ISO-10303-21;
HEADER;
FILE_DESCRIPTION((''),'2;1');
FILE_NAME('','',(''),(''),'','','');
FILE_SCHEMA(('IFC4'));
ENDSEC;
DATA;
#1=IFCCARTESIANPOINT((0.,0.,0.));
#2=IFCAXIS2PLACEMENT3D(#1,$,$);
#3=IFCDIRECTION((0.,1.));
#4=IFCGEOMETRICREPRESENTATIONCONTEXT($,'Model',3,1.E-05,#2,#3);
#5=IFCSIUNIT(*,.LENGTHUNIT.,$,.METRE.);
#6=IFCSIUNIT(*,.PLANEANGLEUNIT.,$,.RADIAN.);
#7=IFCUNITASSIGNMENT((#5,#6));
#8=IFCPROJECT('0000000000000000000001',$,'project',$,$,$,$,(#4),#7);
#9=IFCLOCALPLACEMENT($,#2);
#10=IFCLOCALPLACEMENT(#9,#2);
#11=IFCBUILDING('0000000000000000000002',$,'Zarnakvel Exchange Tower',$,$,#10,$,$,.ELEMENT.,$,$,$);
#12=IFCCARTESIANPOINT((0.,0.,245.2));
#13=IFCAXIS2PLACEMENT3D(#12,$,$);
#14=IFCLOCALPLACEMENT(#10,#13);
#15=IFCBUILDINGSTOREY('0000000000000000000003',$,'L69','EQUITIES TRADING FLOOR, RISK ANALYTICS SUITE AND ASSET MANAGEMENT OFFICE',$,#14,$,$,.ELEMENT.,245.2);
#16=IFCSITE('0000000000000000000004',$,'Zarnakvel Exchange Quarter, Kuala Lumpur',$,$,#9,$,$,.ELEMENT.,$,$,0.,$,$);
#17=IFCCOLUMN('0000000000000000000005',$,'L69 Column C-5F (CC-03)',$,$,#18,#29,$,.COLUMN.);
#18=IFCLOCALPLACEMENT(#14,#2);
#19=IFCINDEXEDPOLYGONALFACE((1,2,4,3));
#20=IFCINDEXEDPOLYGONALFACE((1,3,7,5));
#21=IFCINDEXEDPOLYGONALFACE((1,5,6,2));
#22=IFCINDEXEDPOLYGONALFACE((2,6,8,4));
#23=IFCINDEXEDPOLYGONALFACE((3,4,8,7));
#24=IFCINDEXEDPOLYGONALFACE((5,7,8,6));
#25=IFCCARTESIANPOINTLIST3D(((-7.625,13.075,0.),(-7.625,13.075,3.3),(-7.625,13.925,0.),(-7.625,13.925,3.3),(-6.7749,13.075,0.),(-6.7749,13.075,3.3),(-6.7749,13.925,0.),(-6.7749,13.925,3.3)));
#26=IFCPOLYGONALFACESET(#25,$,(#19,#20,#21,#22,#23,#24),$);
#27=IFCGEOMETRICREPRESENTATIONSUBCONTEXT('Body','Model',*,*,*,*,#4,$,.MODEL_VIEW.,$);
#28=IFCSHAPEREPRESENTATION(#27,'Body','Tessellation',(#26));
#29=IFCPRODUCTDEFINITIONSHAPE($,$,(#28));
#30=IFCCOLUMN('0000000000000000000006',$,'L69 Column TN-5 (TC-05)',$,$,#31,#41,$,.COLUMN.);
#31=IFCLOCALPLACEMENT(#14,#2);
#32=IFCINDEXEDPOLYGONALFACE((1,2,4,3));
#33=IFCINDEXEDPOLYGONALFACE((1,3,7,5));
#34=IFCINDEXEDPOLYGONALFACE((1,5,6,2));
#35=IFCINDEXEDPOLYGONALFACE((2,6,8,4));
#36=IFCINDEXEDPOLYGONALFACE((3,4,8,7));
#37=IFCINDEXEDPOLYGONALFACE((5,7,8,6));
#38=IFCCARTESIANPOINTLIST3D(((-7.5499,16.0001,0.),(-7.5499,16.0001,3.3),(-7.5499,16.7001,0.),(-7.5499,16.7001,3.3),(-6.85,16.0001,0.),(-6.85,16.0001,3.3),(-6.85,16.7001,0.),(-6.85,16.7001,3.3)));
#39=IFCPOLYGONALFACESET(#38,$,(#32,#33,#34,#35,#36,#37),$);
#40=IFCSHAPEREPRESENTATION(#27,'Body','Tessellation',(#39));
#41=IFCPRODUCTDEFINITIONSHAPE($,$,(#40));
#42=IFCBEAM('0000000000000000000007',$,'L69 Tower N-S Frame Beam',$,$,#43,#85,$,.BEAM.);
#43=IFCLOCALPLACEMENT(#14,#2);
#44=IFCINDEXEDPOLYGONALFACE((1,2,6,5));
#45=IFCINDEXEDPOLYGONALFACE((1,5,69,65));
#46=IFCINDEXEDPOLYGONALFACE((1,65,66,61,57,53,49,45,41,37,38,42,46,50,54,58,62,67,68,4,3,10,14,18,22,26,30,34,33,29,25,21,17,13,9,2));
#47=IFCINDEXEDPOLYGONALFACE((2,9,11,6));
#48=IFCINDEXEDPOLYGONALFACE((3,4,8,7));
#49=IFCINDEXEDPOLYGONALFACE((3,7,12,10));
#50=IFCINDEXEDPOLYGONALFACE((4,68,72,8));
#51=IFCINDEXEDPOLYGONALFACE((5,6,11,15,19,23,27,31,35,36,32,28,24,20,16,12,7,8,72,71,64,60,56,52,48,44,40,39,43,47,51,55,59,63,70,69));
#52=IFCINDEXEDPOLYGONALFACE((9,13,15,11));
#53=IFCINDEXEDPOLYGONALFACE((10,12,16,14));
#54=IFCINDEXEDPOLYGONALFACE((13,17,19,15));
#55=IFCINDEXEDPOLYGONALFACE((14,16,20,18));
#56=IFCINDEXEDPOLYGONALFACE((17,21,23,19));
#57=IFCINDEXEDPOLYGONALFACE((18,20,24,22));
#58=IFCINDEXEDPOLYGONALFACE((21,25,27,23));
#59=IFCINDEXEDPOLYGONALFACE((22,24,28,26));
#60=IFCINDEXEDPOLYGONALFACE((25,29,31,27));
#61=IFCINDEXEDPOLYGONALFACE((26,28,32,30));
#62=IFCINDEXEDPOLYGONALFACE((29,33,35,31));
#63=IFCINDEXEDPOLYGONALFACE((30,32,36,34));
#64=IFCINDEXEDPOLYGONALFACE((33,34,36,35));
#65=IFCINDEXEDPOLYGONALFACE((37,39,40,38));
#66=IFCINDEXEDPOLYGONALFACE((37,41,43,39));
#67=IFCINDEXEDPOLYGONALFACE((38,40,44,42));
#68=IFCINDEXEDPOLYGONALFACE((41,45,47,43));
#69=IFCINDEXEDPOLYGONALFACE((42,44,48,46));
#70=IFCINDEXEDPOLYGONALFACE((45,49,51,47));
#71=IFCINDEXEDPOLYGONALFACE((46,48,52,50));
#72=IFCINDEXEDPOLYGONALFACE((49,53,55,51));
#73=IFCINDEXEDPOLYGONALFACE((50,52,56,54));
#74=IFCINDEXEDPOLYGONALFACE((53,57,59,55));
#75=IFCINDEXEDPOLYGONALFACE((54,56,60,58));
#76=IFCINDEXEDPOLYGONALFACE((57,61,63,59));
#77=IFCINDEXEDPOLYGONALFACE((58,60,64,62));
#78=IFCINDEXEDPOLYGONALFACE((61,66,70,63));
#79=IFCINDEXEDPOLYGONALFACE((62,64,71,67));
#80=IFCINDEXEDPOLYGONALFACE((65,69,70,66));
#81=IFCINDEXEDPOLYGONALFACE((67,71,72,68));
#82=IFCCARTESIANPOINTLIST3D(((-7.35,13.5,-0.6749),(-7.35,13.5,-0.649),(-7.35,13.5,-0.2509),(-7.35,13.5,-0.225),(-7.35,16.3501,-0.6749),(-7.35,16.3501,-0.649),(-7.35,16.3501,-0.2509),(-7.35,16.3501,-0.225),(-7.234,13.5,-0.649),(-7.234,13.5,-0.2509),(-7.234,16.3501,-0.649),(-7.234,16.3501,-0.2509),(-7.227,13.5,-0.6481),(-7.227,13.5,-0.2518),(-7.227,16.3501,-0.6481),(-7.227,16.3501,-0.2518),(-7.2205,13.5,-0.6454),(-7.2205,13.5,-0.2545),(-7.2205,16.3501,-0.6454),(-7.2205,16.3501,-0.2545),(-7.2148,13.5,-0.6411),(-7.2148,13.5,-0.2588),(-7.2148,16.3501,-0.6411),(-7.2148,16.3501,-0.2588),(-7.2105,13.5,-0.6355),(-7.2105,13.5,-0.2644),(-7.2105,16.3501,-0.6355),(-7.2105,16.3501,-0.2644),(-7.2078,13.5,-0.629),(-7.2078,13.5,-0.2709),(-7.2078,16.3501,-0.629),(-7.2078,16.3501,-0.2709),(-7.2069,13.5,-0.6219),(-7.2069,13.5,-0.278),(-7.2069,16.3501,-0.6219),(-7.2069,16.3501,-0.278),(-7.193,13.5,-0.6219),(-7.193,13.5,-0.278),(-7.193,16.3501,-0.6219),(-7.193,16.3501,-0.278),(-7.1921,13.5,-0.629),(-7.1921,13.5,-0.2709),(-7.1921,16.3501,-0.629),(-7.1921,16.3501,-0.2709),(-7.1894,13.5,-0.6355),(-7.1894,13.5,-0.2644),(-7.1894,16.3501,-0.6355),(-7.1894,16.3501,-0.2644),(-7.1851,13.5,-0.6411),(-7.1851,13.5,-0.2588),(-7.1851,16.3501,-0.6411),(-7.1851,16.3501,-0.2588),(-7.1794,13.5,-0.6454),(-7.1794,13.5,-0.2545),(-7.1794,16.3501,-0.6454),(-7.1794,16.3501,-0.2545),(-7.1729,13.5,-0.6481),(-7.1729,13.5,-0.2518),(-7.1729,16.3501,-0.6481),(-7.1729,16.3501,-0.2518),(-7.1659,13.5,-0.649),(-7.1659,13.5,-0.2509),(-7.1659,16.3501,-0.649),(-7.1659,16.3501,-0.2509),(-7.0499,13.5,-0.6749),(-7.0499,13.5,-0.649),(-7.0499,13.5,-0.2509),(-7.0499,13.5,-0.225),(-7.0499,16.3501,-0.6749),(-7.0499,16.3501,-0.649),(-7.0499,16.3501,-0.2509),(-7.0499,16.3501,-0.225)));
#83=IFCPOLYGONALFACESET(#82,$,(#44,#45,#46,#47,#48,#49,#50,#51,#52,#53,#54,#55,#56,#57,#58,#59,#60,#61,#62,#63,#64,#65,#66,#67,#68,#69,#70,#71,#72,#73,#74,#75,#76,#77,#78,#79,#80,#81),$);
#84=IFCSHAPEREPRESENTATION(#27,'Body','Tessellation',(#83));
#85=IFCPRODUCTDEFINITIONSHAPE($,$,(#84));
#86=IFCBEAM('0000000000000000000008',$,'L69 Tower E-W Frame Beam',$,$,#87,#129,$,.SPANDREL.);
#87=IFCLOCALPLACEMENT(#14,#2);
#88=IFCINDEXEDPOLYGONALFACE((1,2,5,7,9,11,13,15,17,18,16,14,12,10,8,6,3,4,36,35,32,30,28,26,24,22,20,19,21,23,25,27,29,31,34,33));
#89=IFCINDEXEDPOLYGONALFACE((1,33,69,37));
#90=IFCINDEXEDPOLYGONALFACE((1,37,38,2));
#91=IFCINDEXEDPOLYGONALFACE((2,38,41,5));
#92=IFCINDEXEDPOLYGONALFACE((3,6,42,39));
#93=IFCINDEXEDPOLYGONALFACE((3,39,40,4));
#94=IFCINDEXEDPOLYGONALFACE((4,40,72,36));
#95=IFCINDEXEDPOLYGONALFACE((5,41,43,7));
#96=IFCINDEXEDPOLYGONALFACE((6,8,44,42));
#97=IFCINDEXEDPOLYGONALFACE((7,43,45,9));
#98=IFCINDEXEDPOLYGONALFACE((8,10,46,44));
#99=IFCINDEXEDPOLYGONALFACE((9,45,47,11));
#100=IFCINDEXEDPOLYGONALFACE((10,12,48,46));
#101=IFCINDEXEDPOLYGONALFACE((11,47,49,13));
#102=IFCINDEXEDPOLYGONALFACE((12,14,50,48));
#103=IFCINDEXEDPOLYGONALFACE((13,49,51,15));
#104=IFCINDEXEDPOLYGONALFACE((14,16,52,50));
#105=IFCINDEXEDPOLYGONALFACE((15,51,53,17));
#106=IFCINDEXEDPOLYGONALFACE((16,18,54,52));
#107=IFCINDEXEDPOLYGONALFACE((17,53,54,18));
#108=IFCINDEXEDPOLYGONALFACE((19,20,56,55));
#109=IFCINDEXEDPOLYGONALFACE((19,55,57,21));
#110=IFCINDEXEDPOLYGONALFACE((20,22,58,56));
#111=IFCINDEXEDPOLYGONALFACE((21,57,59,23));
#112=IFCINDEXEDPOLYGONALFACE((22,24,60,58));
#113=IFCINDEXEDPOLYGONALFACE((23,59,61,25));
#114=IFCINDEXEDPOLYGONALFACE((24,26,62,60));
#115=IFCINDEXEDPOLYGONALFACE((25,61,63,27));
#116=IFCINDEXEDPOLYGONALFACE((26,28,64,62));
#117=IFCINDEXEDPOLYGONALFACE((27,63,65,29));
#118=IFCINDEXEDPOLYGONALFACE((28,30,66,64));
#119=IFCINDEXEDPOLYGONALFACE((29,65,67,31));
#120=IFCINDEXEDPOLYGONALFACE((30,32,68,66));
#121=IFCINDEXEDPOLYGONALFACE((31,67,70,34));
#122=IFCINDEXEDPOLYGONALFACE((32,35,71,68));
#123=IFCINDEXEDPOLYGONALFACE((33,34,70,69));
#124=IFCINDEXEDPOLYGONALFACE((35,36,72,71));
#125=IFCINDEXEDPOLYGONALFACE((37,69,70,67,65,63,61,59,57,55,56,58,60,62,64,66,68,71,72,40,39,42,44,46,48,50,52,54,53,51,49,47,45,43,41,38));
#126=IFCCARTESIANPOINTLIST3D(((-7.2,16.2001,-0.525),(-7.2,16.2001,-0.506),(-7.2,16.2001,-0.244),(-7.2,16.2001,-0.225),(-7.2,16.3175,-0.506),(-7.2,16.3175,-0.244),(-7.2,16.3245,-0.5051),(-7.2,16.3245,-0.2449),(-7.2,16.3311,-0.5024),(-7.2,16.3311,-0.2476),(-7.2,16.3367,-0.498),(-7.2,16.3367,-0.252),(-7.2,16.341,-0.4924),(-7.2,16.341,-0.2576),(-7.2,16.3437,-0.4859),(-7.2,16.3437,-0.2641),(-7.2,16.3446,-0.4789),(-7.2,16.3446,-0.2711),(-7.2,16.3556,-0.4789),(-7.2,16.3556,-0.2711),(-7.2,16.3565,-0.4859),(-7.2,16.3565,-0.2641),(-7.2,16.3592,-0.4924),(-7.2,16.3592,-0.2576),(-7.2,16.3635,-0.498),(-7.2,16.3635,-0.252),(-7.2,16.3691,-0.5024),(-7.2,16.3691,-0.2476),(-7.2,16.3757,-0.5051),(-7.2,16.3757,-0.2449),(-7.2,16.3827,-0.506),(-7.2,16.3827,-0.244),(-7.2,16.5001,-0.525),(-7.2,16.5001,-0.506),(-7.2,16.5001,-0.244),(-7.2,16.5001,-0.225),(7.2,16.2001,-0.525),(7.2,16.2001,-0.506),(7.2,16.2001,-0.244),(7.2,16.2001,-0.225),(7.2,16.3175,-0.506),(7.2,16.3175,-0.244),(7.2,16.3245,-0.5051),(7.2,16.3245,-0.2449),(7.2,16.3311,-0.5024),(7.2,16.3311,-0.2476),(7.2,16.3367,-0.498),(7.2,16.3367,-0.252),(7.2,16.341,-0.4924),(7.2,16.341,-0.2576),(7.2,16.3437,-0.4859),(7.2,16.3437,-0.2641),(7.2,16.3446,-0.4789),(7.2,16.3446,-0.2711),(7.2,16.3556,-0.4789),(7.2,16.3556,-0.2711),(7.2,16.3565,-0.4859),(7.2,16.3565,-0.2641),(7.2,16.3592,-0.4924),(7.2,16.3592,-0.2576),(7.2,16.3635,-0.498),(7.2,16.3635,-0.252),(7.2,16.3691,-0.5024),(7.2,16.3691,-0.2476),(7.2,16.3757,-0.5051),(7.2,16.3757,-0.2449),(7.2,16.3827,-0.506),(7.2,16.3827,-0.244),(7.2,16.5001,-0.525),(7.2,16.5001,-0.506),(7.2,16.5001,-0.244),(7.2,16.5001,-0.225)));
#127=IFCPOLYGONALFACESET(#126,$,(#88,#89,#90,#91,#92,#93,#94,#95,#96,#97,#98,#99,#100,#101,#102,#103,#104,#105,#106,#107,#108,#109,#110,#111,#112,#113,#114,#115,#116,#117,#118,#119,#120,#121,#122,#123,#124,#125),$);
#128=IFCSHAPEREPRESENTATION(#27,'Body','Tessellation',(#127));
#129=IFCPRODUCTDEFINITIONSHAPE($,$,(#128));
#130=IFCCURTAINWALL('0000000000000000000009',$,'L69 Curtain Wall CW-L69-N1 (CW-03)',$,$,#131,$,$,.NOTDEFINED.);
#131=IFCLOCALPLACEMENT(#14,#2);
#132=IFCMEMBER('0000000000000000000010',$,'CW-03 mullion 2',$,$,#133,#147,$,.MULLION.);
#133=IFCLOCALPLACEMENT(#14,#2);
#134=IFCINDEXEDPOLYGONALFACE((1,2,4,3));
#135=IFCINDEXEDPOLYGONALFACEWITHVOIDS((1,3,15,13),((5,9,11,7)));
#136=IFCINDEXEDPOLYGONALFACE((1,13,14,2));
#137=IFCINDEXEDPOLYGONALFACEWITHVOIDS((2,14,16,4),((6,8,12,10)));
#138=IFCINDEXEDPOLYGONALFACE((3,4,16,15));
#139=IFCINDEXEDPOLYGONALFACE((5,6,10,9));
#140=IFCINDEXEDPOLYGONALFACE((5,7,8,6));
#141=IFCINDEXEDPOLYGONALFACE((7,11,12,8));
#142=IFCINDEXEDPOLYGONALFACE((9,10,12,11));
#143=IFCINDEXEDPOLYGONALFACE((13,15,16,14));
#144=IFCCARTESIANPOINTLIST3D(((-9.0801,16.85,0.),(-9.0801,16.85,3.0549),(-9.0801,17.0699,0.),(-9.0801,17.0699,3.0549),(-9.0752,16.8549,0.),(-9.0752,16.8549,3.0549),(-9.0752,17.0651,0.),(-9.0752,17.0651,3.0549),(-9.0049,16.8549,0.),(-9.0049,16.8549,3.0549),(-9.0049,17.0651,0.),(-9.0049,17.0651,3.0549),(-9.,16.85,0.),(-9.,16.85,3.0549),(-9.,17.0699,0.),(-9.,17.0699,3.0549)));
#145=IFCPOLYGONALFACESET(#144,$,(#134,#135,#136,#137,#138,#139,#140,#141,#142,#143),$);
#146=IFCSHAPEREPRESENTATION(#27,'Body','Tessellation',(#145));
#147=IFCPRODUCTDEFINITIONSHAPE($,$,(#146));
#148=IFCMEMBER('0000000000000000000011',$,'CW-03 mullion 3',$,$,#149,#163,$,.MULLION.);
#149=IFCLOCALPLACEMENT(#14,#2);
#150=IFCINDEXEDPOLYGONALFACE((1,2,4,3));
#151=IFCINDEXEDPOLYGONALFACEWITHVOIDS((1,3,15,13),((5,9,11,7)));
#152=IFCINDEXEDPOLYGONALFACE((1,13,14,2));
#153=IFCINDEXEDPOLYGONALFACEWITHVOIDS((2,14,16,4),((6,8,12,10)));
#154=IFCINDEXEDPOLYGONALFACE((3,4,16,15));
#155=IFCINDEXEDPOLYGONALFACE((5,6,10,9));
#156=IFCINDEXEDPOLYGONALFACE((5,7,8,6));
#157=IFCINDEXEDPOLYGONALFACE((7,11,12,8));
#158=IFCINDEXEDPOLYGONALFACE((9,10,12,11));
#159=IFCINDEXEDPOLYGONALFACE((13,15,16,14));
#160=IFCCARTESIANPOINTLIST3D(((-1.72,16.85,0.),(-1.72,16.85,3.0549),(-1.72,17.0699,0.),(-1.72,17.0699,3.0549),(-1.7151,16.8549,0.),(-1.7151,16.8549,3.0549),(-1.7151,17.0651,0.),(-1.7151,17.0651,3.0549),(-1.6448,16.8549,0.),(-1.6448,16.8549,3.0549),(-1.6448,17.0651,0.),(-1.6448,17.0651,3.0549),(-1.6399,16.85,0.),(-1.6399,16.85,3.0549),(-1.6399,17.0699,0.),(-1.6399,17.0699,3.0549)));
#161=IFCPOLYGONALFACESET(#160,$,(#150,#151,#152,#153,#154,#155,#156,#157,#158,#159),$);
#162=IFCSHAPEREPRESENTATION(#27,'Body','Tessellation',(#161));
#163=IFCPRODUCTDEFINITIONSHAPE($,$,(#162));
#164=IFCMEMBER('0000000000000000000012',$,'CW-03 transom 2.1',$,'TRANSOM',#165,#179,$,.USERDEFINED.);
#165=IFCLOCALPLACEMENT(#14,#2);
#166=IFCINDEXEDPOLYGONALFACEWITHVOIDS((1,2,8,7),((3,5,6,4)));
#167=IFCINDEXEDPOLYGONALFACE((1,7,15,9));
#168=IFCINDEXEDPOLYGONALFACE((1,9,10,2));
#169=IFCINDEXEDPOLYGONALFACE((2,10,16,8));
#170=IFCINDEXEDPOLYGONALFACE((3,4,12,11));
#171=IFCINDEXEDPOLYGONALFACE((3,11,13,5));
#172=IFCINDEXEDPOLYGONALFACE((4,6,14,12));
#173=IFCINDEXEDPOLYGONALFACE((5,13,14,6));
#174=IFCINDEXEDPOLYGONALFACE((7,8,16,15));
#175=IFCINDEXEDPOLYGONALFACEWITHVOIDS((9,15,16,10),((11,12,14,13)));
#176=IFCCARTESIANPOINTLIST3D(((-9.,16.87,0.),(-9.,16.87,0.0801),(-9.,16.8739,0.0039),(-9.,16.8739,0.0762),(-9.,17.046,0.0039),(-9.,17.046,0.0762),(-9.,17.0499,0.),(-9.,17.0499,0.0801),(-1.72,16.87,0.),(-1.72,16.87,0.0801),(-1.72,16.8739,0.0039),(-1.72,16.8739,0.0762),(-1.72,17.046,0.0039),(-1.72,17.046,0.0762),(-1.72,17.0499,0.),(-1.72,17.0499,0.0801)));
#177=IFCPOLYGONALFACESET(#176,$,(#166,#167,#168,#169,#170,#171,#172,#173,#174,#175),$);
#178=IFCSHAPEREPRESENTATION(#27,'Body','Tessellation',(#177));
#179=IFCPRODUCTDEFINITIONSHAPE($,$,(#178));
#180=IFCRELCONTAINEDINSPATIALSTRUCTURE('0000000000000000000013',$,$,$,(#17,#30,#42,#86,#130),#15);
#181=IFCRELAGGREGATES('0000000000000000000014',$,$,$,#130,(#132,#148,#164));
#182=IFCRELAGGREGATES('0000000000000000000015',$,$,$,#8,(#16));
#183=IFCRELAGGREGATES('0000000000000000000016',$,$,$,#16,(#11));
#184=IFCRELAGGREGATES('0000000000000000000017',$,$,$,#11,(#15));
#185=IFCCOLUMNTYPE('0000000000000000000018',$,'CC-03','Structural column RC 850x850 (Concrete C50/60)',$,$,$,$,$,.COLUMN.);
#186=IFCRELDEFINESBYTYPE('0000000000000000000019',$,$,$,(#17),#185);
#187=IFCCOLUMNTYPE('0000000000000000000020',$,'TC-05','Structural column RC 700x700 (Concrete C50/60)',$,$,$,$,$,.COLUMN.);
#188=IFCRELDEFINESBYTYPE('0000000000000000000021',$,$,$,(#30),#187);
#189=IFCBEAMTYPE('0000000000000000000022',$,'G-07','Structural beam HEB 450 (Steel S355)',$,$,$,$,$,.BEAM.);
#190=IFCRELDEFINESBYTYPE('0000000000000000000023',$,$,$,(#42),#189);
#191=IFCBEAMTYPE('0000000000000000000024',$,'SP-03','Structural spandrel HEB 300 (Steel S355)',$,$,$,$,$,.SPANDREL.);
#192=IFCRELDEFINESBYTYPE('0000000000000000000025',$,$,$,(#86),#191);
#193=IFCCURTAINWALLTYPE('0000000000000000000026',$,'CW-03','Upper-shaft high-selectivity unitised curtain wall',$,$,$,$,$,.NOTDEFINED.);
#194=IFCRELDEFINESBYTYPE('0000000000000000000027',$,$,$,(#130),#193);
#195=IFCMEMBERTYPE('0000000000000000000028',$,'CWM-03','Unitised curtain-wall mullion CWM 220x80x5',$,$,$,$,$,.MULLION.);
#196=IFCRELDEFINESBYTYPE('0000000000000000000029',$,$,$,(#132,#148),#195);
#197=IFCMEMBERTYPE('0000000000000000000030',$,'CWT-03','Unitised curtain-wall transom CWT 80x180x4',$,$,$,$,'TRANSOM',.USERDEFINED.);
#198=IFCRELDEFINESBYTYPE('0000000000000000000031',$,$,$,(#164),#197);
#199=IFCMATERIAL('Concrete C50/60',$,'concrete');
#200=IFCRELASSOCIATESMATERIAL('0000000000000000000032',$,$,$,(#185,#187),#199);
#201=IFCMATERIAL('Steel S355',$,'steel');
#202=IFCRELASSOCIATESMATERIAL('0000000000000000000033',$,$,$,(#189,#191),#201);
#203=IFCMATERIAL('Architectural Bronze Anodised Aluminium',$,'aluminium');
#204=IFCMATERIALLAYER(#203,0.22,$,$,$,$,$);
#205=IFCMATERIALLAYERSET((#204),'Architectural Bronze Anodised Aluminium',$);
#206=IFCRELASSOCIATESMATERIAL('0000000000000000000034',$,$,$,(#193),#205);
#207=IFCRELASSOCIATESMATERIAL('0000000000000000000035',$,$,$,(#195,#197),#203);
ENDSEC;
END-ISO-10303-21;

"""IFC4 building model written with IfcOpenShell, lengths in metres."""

from ifc_helpers import new_model, si_unit, direction, frame, origin, origin_2d, place, context, subcontext, project, spatial, rectangle, hollow_rectangle, i_section, extrude, source, transform, mapped, material, layer, layer_set, material_profile, profile_set, type_object, element, aggregate, save


model = new_model("IFC4")

# Units and contexts
model_context = context("Model", 3, precision=1e-05, world=origin(), true_north=direction((0.0, 1.0)))
body_context = subcontext(model_context, "Body", "Model", "MODEL_VIEW")
ifc_project = project(units=[si_unit("LENGTHUNIT", "METRE"), si_unit("PLANEANGLEUNIT", "RADIAN")], contexts=[model_context])

# Site, building, storey
site_placement = place(None, origin())
site = spatial("IfcSite", under=ifc_project, at=site_placement, Name="Zarnakvel Exchange Quarter, Kuala Lumpur", CompositionType="ELEMENT", RefElevation=0.0)
building_placement = place(site_placement, origin())
building = spatial("IfcBuilding", under=site, at=building_placement, Name="Zarnakvel Exchange Tower", CompositionType="ELEMENT")
storey_placement = place(building_placement, frame((0.0, 0.0, 245.2)))
storey = spatial("IfcBuildingStorey", under=building, at=storey_placement, Name="L69", Description="EQUITIES TRADING FLOOR, RISK ANALYTICS SUITE AND ASSET MANAGEMENT OFFICE", CompositionType="ELEMENT", Elevation=245.2)

# Columns
ifc_material_1 = material(Name="Concrete C50/60", Category="concrete")
ifc_material_profile_1 = material_profile(ifc_material_1, rectangle(XDim=0.8501, YDim=0.8501, at=origin_2d()))
ifc_profile_set_1 = profile_set([ifc_material_profile_1], Name="Concrete C50/60")
column_type_1 = type_object("IfcColumnType", Name="CC-03", Description="Structural column RC 850x850 (Concrete C50/60)", PredefinedType="COLUMN", material=ifc_profile_set_1)
column_1_placement = place(storey_placement, frame((-7.2, 13.5, 0.0), z_axis=(0.0, 0.0, 1.0), x_axis=(1.0, 0.0, 0.0)))
element("IfcColumn", 1, at=column_1_placement, inside=storey, type_object=column_type_1, Name="L69 Column C-5F (CC-03)", PredefinedType="COLUMN", context=body_context, shape_type="SweptSolid", body=[
    extrude(rectangle(XDim=0.8501, YDim=0.8501, at=origin_2d()), origin(), (0.0, 0.0, 1.0), 3.3),
])
ifc_material_profile_2 = material_profile(ifc_material_1, rectangle(XDim=0.7, YDim=0.7, at=origin_2d()))
ifc_profile_set_2 = profile_set([ifc_material_profile_2], Name="Concrete C50/60")
column_type_2 = type_object("IfcColumnType", Name="TC-05", Description="Structural column RC 700x700 (Concrete C50/60)", PredefinedType="COLUMN", material=ifc_profile_set_2)
column_2_placement = place(storey_placement, frame((-7.2, 16.3501, 0.0), z_axis=(0.0, 0.0, 1.0), x_axis=(1.0, 0.0, 0.0)))
element("IfcColumn", 2, at=column_2_placement, inside=storey, type_object=column_type_2, Name="L69 Column TN-5 (TC-05)", PredefinedType="COLUMN", context=body_context, shape_type="SweptSolid", body=[
    extrude(rectangle(XDim=0.7, YDim=0.7, at=origin_2d()), origin(), (0.0, 0.0, 1.0), 3.3),
])

# Beams
ifc_material_2 = material(Name="Steel S355", Category="steel")
ifc_material_profile_3 = material_profile(ifc_material_2, i_section(OverallWidth=0.3, OverallDepth=0.45, WebThickness=0.0139, FlangeThickness=0.0259, FilletRadius=0.0271, at=origin_2d()))
ifc_profile_set_3 = profile_set([ifc_material_profile_3], Name="Steel S355")
beam_type_1 = type_object("IfcBeamType", Name="G-07", Description="Structural beam HEB 450 (Steel S355)", PredefinedType="BEAM", material=ifc_profile_set_3)
beam_1_placement = place(storey_placement, frame((-7.2, 13.5, -0.45), z_axis=(0.0, 1.0, 0.0), x_axis=(-1.0, 0.0, 0.0)))
element("IfcBeam", 3, at=beam_1_placement, inside=storey, type_object=beam_type_1, Name="L69 Tower N-S Frame Beam", PredefinedType="BEAM", context=body_context, shape_type="SweptSolid", body=[
    extrude(i_section(OverallWidth=0.3, OverallDepth=0.45, WebThickness=0.0139, FlangeThickness=0.0259, FilletRadius=0.0271, at=origin_2d()), origin(), (0.0, 0.0, 1.0), 2.8501),
])
ifc_material_profile_4 = material_profile(ifc_material_2, i_section(OverallWidth=0.3, OverallDepth=0.3, WebThickness=0.011, FlangeThickness=0.019, FilletRadius=0.0271, at=origin_2d()))
ifc_profile_set_4 = profile_set([ifc_material_profile_4], Name="Steel S355")
beam_type_2 = type_object("IfcBeamType", Name="SP-03", Description="Structural spandrel HEB 300 (Steel S355)", PredefinedType="SPANDREL", material=ifc_profile_set_4)
beam_2_placement = place(storey_placement, frame((-7.2, 16.3501, -0.375), z_axis=(1.0, 0.0, 0.0), x_axis=(0.0, 1.0, 0.0)))
element("IfcBeam", 4, at=beam_2_placement, inside=storey, type_object=beam_type_2, Name="L69 Tower E-W Frame Beam", PredefinedType="SPANDREL", context=body_context, shape_type="SweptSolid", body=[
    extrude(i_section(OverallWidth=0.3, OverallDepth=0.3, WebThickness=0.011, FlangeThickness=0.019, FilletRadius=0.0271, at=origin_2d()), origin(), (0.0, 0.0, 1.0), 14.3999),
])

# Curtain wall, members
ifc_material_3 = material(Name="Architectural Bronze Anodised Aluminium", Category="aluminium")
ifc_layer_1 = layer(ifc_material_3, 0.22)
ifc_layer_set_1 = layer_set([ifc_layer_1], Name="Architectural Bronze Anodised Aluminium")
curtain_wall_type = type_object("IfcCurtainWallType", Name="CW-03", Description="Upper-shaft high-selectivity unitised curtain wall", PredefinedType="NOTDEFINED", material=ifc_layer_set_1)
curtain_wall_placement = place(storey_placement, origin())
curtain_wall = element("IfcCurtainWall", 5, at=curtain_wall_placement, inside=storey, type_object=curtain_wall_type, Name="L69 Curtain Wall CW-L69-N1 (CW-03)", PredefinedType="NOTDEFINED")
ifc_material_profile_5 = material_profile(ifc_material_3, hollow_rectangle(XDim=0.22, YDim=0.0801, WallThickness=0.0049, at=origin_2d()))
ifc_profile_set_5 = profile_set([ifc_material_profile_5], Name="Architectural Bronze Anodised Aluminium")
member_type_1 = type_object("IfcMemberType", Name="CWM-03", Description="Unitised curtain-wall mullion CWM 220x80x5", PredefinedType="MULLION", material=ifc_profile_set_5)
shared_shape_1 = source(origin(), body_context, "Body", "SweptSolid", [
    extrude(hollow_rectangle(XDim=0.22, YDim=0.0801, WallThickness=0.0049, at=origin_2d()), origin(), (0.0, 0.0, 1.0), 3.0549),
])
member_1_placement = place(storey_placement, frame((-9.04, 16.96, 0.0), z_axis=(0.0, 0.0, 1.0), x_axis=(0.0, 1.0, 0.0)))
member_1 = element("IfcMember", 6, at=member_1_placement, type_object=member_type_1, Name="CW-03 mullion 2", PredefinedType="MULLION", context=body_context, shape_type="MappedRepresentation", body=[
    mapped(shared_shape_1, transform((0.0, 0.0, 0.0), x_axis=(1.0, 0.0, 0.0), y_axis=(0.0, 1.0, 0.0), z_axis=(0.0, 0.0, 1.0), scale=1.0)),
])
member_2_placement = place(storey_placement, frame((-1.6799, 16.96, 0.0), z_axis=(0.0, 0.0, 1.0), x_axis=(0.0, 1.0, 0.0)))
member_2 = element("IfcMember", 7, at=member_2_placement, type_object=member_type_1, Name="CW-03 mullion 3", PredefinedType="MULLION", context=body_context, shape_type="MappedRepresentation", body=[
    mapped(shared_shape_1, transform((0.0, 0.0, 0.0), x_axis=(1.0, 0.0, 0.0), y_axis=(0.0, 1.0, 0.0), z_axis=(0.0, 0.0, 1.0), scale=1.0)),
])
ifc_material_profile_6 = material_profile(ifc_material_3, hollow_rectangle(XDim=0.1799, YDim=0.0801, WallThickness=0.0039, at=origin_2d()))
ifc_profile_set_6 = profile_set([ifc_material_profile_6], Name="Architectural Bronze Anodised Aluminium")
member_type_2 = type_object("IfcMemberType", Name="CWT-03", Description="Unitised curtain-wall transom CWT 80x180x4", ElementType="TRANSOM", PredefinedType="USERDEFINED", material=ifc_profile_set_6)
shared_shape_2 = source(origin(), body_context, "Body", "SweptSolid", [
    extrude(hollow_rectangle(XDim=0.1799, YDim=0.0801, WallThickness=0.0039, at=origin_2d()), origin(), (0.0, 0.0, 1.0), 7.28),
])
member_3_placement = place(storey_placement, frame((-9.0, 16.96, 0.04), z_axis=(1.0, 0.0, 0.0), x_axis=(0.0, 1.0, 0.0)))
member_3 = element("IfcMember", 8, at=member_3_placement, type_object=member_type_2, Name="CW-03 transom 2.1", ObjectType="TRANSOM", PredefinedType="USERDEFINED", context=body_context, shape_type="MappedRepresentation", body=[
    mapped(shared_shape_2, transform((0.0, 0.0, 0.0), x_axis=(1.0, 0.0, 0.0), y_axis=(0.0, 1.0, 0.0), z_axis=(0.0, 0.0, 1.0), scale=1.0)),
])
aggregate(curtain_wall, [member_1, member_2, member_3])

save(model, "model.ifc")
